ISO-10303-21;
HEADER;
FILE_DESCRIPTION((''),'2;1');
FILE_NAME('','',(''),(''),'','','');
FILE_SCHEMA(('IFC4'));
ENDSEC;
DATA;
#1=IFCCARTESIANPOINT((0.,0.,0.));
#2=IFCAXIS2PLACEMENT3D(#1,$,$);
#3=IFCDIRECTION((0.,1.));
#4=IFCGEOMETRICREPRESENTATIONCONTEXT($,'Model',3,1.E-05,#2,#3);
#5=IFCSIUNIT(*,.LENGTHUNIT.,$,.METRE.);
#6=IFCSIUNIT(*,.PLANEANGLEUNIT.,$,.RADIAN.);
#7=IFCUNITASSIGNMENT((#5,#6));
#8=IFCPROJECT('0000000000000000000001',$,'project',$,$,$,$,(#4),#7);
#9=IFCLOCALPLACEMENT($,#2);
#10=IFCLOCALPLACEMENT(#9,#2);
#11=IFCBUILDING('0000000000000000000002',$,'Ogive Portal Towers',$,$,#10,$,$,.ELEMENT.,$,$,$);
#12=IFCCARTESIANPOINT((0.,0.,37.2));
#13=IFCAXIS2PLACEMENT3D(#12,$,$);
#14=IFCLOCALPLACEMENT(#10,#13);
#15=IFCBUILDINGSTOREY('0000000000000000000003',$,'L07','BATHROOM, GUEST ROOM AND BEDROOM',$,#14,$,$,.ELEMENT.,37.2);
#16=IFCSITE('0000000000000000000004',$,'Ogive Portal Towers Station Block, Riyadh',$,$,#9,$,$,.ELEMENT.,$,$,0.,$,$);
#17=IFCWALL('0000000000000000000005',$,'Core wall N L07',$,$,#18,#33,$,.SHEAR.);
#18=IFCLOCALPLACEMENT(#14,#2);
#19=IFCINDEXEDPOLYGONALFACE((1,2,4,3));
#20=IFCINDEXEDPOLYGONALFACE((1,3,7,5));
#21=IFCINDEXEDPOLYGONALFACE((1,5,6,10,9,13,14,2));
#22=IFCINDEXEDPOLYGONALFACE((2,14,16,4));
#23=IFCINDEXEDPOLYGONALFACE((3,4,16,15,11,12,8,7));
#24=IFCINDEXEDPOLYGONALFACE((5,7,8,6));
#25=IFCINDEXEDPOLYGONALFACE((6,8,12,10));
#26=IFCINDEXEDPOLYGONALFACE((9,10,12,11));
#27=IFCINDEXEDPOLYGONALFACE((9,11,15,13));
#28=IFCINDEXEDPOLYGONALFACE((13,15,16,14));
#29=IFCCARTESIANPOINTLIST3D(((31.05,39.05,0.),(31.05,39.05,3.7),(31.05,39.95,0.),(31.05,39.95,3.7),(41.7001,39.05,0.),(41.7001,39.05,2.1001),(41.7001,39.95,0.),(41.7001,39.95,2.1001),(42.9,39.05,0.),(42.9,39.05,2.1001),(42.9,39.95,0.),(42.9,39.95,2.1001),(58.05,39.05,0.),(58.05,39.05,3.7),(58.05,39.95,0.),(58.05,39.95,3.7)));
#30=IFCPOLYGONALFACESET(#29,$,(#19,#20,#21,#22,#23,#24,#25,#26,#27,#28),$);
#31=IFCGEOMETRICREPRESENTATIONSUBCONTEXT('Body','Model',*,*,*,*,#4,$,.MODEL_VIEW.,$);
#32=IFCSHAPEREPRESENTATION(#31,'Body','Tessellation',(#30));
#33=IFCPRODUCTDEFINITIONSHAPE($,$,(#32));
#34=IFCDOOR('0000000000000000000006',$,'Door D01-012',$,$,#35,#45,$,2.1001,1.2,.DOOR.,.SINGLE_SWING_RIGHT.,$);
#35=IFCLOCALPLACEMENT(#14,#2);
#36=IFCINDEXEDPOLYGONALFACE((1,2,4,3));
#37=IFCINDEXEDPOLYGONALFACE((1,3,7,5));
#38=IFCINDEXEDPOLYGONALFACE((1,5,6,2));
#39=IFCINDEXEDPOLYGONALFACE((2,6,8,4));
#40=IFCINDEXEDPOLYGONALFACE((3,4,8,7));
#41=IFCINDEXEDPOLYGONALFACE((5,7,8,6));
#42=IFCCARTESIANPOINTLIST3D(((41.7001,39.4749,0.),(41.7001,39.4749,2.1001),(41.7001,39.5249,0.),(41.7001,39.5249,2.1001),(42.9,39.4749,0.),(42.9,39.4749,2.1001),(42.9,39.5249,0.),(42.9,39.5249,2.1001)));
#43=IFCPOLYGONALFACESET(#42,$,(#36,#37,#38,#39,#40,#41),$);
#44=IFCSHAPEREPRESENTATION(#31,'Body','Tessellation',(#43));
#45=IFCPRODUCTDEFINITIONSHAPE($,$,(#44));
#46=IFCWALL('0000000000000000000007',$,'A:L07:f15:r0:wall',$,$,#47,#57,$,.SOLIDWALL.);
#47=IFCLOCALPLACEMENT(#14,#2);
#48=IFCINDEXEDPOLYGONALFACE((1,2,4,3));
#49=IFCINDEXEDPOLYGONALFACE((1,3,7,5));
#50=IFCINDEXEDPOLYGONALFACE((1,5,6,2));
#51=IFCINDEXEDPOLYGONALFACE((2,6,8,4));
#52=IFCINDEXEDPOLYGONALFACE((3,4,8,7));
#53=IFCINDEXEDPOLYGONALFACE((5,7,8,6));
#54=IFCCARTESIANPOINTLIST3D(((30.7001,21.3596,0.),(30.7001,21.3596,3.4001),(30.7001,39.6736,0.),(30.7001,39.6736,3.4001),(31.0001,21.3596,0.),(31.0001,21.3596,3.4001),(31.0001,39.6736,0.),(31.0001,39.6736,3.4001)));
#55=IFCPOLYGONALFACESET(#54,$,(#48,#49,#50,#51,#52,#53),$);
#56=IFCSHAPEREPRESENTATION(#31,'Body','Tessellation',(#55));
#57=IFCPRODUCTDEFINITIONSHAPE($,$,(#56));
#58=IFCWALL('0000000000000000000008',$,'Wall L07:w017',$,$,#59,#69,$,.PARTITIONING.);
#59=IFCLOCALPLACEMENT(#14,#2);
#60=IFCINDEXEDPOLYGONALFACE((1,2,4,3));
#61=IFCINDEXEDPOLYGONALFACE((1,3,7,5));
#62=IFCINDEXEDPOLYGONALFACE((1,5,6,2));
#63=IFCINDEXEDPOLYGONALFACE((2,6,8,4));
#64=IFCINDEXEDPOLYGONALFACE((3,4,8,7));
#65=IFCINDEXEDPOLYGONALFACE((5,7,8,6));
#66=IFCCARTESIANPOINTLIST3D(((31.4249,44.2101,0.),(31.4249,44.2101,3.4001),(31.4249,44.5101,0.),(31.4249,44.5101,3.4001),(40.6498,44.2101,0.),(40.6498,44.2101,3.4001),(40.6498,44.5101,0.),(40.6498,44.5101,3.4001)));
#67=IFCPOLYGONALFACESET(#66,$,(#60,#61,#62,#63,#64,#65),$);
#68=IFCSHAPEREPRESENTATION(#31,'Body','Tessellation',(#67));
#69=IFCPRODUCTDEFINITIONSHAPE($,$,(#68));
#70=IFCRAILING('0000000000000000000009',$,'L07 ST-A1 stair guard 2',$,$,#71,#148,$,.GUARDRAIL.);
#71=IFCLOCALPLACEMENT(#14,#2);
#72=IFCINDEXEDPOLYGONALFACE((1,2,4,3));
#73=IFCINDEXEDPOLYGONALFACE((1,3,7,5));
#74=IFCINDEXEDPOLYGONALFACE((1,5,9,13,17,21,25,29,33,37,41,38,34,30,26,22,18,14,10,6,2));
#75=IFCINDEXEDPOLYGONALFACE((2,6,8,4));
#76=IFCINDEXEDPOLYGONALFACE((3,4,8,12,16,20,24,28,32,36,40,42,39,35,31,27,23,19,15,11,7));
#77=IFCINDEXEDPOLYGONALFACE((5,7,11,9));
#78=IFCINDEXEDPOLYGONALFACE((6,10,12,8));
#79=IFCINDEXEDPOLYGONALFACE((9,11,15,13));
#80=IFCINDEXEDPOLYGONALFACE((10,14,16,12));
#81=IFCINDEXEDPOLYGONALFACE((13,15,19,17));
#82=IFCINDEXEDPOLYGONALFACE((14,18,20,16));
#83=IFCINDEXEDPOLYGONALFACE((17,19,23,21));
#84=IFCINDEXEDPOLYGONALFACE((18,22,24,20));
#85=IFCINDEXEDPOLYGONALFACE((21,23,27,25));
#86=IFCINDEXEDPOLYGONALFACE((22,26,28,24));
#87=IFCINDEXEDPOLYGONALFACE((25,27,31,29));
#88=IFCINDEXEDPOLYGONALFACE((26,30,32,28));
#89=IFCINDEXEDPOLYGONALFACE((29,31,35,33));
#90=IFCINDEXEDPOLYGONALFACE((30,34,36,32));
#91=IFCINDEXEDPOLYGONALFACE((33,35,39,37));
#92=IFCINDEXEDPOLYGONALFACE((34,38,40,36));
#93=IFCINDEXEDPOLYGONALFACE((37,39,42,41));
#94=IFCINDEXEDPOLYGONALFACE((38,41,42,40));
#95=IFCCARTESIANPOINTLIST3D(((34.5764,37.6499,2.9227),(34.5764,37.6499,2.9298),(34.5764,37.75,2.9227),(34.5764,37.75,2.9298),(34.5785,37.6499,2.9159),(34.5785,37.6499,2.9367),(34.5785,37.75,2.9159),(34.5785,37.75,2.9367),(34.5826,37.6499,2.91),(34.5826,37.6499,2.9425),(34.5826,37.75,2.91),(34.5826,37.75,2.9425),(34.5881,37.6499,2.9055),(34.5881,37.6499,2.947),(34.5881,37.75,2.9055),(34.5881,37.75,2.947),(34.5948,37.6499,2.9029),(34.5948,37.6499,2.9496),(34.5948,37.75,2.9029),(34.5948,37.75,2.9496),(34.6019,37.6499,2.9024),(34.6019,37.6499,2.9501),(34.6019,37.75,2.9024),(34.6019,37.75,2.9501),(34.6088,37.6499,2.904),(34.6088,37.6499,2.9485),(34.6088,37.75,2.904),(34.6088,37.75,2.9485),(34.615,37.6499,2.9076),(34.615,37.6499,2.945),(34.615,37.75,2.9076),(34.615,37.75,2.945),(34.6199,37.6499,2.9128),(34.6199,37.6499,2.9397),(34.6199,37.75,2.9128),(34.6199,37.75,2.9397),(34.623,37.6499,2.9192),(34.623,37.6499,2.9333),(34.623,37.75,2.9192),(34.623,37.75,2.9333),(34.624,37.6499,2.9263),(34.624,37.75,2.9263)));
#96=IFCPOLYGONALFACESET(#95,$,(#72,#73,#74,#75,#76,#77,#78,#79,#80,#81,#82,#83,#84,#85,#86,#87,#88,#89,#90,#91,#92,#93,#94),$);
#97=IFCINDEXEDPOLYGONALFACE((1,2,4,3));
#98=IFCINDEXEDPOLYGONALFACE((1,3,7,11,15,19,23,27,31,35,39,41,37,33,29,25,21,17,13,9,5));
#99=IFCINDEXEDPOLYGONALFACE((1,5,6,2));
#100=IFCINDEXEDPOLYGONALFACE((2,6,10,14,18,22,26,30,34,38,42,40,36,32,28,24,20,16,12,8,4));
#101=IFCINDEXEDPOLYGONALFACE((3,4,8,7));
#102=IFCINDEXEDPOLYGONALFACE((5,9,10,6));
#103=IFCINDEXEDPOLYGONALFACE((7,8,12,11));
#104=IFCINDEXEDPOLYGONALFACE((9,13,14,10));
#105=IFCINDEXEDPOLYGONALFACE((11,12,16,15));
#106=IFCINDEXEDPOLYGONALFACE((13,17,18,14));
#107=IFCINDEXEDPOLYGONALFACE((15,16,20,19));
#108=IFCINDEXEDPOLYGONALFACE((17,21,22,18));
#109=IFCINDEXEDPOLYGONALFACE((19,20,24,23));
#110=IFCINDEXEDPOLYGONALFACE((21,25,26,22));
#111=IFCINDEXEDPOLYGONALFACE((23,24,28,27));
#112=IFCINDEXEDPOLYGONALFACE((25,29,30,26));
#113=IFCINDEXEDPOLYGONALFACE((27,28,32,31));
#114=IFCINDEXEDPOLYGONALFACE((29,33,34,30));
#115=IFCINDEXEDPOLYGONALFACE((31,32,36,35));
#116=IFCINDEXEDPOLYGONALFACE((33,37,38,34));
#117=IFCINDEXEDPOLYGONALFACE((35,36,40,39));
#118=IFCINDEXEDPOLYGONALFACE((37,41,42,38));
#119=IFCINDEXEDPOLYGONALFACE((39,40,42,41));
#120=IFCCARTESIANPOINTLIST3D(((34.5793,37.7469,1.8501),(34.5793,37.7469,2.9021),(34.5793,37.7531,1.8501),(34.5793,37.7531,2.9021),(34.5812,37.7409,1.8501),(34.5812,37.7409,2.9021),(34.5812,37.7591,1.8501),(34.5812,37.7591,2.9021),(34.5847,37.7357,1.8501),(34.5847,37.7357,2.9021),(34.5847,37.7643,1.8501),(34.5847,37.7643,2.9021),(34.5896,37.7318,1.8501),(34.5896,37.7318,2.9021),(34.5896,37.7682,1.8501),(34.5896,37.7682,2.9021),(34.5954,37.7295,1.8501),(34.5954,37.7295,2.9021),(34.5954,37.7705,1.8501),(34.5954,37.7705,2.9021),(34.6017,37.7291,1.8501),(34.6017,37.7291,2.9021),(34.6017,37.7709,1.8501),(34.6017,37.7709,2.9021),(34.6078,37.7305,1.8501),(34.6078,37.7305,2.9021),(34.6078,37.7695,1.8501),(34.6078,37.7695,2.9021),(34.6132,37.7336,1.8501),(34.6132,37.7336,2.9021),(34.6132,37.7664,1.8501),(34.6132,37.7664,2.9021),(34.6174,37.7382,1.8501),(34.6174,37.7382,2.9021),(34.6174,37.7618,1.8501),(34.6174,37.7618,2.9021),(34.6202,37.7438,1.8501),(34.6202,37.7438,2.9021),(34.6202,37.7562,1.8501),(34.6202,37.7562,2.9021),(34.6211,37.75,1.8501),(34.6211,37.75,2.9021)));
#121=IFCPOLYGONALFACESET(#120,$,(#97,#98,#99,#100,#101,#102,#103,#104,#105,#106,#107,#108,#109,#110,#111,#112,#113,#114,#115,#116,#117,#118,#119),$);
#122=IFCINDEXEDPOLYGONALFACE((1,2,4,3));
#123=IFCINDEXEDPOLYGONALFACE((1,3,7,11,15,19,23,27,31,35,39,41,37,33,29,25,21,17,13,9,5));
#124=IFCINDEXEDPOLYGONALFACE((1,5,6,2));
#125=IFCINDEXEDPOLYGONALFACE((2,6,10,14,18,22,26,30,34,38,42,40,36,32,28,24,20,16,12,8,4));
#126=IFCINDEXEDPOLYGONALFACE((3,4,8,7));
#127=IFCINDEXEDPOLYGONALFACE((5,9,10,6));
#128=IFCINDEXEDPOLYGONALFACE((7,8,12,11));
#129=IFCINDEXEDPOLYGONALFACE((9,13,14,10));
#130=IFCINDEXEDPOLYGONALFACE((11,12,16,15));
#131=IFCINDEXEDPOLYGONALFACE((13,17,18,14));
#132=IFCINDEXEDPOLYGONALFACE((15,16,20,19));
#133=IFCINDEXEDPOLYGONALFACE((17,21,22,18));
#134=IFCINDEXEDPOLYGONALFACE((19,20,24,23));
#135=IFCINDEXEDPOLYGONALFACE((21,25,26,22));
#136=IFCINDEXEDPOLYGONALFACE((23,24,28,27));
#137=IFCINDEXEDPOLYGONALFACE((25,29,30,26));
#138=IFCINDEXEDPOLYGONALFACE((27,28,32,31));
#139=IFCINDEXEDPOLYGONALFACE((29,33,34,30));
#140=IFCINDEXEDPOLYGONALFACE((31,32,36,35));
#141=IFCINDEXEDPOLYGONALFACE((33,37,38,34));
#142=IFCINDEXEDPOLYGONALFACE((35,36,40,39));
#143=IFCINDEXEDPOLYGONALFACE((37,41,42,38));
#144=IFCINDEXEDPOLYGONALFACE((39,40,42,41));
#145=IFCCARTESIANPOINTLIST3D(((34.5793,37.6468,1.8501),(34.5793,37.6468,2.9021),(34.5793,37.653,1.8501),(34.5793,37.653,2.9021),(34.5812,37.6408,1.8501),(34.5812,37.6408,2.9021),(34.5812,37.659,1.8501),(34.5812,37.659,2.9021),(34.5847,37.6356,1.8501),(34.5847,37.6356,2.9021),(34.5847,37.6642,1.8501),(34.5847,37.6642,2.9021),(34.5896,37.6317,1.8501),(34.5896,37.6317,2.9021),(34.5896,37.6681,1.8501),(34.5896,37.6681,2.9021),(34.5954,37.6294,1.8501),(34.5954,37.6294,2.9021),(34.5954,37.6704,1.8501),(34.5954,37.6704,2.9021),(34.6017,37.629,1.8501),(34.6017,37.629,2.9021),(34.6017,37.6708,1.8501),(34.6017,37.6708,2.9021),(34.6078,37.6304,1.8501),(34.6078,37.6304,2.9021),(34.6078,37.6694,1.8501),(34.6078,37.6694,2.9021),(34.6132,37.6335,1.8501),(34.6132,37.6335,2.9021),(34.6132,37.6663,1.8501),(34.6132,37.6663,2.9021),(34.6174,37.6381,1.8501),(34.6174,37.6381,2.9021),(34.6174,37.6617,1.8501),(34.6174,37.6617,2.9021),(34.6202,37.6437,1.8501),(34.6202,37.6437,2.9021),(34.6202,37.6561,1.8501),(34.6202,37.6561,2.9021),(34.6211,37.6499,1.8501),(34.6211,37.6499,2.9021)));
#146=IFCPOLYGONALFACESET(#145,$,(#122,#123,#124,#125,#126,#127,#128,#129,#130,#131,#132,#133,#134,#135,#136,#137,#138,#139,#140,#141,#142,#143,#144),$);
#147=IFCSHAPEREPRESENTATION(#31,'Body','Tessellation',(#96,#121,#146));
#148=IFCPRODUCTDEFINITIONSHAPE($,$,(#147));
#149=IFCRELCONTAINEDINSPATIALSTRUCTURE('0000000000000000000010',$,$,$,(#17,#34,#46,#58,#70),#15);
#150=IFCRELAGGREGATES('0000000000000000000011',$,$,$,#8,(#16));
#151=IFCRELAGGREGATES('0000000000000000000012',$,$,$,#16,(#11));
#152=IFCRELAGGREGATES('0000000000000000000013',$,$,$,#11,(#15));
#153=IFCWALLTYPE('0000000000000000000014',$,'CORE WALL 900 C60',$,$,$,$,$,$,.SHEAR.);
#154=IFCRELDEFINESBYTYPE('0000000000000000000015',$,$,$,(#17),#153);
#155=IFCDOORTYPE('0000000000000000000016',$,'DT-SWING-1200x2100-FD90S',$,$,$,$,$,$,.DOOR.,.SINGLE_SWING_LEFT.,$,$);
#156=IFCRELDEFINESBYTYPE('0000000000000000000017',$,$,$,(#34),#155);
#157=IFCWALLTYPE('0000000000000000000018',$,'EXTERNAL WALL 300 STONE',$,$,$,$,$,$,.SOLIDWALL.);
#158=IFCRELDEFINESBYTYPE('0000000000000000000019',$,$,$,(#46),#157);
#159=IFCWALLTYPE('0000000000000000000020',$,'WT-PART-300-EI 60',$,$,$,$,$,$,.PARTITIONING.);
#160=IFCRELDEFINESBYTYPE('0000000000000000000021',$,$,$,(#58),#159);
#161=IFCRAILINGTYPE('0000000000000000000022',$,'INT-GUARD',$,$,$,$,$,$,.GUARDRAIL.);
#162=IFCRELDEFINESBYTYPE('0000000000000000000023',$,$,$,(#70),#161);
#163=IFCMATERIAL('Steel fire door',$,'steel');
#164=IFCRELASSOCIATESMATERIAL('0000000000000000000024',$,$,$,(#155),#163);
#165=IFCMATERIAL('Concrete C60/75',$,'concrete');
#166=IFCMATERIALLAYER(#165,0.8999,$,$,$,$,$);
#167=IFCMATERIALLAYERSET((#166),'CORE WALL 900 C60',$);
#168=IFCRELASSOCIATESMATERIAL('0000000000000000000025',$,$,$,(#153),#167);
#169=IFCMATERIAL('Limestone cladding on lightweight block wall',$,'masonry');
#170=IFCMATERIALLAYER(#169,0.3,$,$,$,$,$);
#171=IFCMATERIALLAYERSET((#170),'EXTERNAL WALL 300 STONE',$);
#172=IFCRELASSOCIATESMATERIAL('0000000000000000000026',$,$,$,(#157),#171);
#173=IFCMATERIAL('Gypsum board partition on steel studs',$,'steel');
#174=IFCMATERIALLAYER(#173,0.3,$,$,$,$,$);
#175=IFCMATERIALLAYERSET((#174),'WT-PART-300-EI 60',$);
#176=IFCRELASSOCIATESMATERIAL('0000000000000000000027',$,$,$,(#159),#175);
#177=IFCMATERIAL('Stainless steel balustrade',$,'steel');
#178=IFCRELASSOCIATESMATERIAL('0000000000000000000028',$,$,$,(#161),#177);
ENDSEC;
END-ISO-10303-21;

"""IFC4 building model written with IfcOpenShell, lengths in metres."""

from ifc_helpers import new_model, si_unit, direction, frame, frame_2d, origin, origin_2d, place, context, subcontext, project, spatial, rectangle, circle, extrude, material, layer, layer_set, type_object, element, fill, save


model = new_model("IFC4")

# Units and contexts
model_context = context("Model", 3, precision=1e-05, world=origin(), true_north=direction((0.0, 1.0)))
body_context = subcontext(model_context, "Body", "Model", "MODEL_VIEW")
ifc_project = project(units=[si_unit("LENGTHUNIT", "METRE"), si_unit("PLANEANGLEUNIT", "RADIAN")], contexts=[model_context])

# Site, building, storey
site_placement = place(None, origin())
site = spatial("IfcSite", under=ifc_project, at=site_placement, Name="Ogive Portal Towers Station Block, Riyadh", CompositionType="ELEMENT", RefElevation=0.0)
building_placement = place(site_placement, origin())
building = spatial("IfcBuilding", under=site, at=building_placement, Name="Ogive Portal Towers", CompositionType="ELEMENT")
storey_placement = place(building_placement, frame((0.0, 0.0, 37.2)))
storey = spatial("IfcBuildingStorey", under=building, at=storey_placement, Name="L07", Description="BATHROOM, GUEST ROOM AND BEDROOM", CompositionType="ELEMENT", Elevation=37.2)

# Shared definitions
ifc_material_1 = material(Name="Concrete C60/75", Category="concrete")
ifc_material_2 = material(Name="Steel fire door", Category="steel")
door_type_1 = type_object("IfcDoorType", Name="DT-SWING-1200x2100-FD90S", OperationType="SINGLE_SWING_LEFT", PredefinedType="DOOR", material=ifc_material_2)

# Wall, opening, door
ifc_layer_1 = layer(ifc_material_1, 0.8999)
ifc_layer_set_1 = layer_set([ifc_layer_1], Name="CORE WALL 900 C60")
wall_type_1 = type_object("IfcWallType", Name="CORE WALL 900 C60", PredefinedType="SHEAR", material=ifc_layer_set_1)
wall_1_placement = place(storey_placement, frame((31.05, 39.5, 0.0), z_axis=(0.0, 0.0, 1.0), x_axis=(1.0, 0.0, 0.0)))
wall_1 = element("IfcWall", 1, at=wall_1_placement, inside=storey, type_object=wall_type_1, Name="Core wall N L07", PredefinedType="SHEAR", context=body_context, shape_type="SweptSolid", body=[
    extrude(rectangle(XDim=27.0, YDim=0.8999, at=frame_2d((13.5, 0.0))), origin(), (0.0, 0.0, 1.0), 3.7),
])
opening_1_placement = place(wall_1_placement, frame((10.6499, 0.0, 0.0)))
opening_1 = element("IfcOpeningElement", 2, at=opening_1_placement, cuts=wall_1, PredefinedType="OPENING", context=body_context, shape_type="SweptSolid", body=[
    extrude(rectangle(XDim=1.2, YDim=2.1001, at=frame_2d((0.6001, 1.05))), frame((0.0, 0.46, 0.0), z_axis=(0.0, -1.0, 0.0), x_axis=(1.0, 0.0, 0.0)), (0.0, 0.0, 1.0), 0.9199),
])
door_1_placement = place(opening_1_placement, origin())
door_1 = element("IfcDoor", 3, at=door_1_placement, inside=storey, type_object=door_type_1, Name="Door D01-012", OperationType="SINGLE_SWING_RIGHT", OverallHeight=2.1001, OverallWidth=1.2, PredefinedType="DOOR", context=body_context, shape_type="SweptSolid", body=[
    extrude(rectangle(XDim=1.2, YDim=2.1001, at=frame_2d((0.6001, 1.05))), frame((0.0, 0.0249, 0.0), z_axis=(0.0, -1.0, 0.0), x_axis=(1.0, 0.0, 0.0)), (0.0, 0.0, 1.0), 0.05),
])
fill(opening_1, door_1)

# Walls
ifc_material_3 = material(Name="Limestone cladding on lightweight block wall", Category="masonry")
ifc_layer_2 = layer(ifc_material_3, 0.3)
ifc_layer_set_2 = layer_set([ifc_layer_2], Name="EXTERNAL WALL 300 STONE")
wall_type_2 = type_object("IfcWallType", Name="EXTERNAL WALL 300 STONE", PredefinedType="SOLIDWALL", material=ifc_layer_set_2)
wall_2_placement = place(storey_placement, frame((30.8501, 39.6736, 0.0), z_axis=(0.0, 0.0, 1.0), x_axis=(0.0, -1.0, 0.0)))
element("IfcWall", 4, at=wall_2_placement, inside=storey, type_object=wall_type_2, Name="A:L07:f15:r0:wall", PredefinedType="SOLIDWALL", context=body_context, shape_type="SweptSolid", body=[
    extrude(rectangle(XDim=18.314, YDim=0.3, at=frame_2d((9.157, 0.0))), origin(), (0.0, 0.0, 1.0), 3.4001),
])
ifc_material_4 = material(Name="Gypsum board partition on steel studs", Category="steel")
ifc_layer_3 = layer(ifc_material_4, 0.3)
ifc_layer_set_3 = layer_set([ifc_layer_3], Name="WT-PART-300-EI 60")
wall_type_3 = type_object("IfcWallType", Name="WT-PART-300-EI 60", PredefinedType="PARTITIONING", material=ifc_layer_set_3)
wall_3_placement = place(storey_placement, frame((31.425, 44.3601, 0.0), z_axis=(0.0, 0.0, 1.0), x_axis=(1.0, 0.0, 0.0)))
element("IfcWall", 5, at=wall_3_placement, inside=storey, type_object=wall_type_3, Name="Wall L07:w017", PredefinedType="PARTITIONING", context=body_context, shape_type="SweptSolid", body=[
    extrude(rectangle(XDim=9.2249, YDim=0.3, at=frame_2d((4.6123, 0.0))), origin(), (0.0, 0.0, 1.0), 3.4001),
])

# Railing
ifc_material_5 = material(Name="Stainless steel balustrade", Category="steel")
railing_type_1 = type_object("IfcRailingType", Name="INT-GUARD", PredefinedType="GUARDRAIL", material=ifc_material_5)
railing_1_placement = place(storey_placement, frame((34.6001, 37.75, 1.8501)))
element("IfcRailing", 6, at=railing_1_placement, inside=storey, type_object=railing_type_1, Name="L07 ST-A1 stair guard 2", PredefinedType="GUARDRAIL", context=body_context, shape_type="SweptSolid", body=[
    extrude(circle(Radius=0.0239, at=origin_2d()), frame((0.0, 0.0, 1.0762), z_axis=(0.0, -1.0, 0.0), x_axis=(1.0, 0.0, 0.0)), (0.0, 0.0, 1.0), 0.1001),
    extrude(circle(Radius=0.021, at=origin_2d()), origin(), (0.0, 0.0, 1.0), 1.052),
    extrude(circle(Radius=0.021, at=origin_2d()), frame((0.0, -0.1001, 0.0)), (0.0, 0.0, 1.0), 1.052),
])

save(model, "model.ifc")
